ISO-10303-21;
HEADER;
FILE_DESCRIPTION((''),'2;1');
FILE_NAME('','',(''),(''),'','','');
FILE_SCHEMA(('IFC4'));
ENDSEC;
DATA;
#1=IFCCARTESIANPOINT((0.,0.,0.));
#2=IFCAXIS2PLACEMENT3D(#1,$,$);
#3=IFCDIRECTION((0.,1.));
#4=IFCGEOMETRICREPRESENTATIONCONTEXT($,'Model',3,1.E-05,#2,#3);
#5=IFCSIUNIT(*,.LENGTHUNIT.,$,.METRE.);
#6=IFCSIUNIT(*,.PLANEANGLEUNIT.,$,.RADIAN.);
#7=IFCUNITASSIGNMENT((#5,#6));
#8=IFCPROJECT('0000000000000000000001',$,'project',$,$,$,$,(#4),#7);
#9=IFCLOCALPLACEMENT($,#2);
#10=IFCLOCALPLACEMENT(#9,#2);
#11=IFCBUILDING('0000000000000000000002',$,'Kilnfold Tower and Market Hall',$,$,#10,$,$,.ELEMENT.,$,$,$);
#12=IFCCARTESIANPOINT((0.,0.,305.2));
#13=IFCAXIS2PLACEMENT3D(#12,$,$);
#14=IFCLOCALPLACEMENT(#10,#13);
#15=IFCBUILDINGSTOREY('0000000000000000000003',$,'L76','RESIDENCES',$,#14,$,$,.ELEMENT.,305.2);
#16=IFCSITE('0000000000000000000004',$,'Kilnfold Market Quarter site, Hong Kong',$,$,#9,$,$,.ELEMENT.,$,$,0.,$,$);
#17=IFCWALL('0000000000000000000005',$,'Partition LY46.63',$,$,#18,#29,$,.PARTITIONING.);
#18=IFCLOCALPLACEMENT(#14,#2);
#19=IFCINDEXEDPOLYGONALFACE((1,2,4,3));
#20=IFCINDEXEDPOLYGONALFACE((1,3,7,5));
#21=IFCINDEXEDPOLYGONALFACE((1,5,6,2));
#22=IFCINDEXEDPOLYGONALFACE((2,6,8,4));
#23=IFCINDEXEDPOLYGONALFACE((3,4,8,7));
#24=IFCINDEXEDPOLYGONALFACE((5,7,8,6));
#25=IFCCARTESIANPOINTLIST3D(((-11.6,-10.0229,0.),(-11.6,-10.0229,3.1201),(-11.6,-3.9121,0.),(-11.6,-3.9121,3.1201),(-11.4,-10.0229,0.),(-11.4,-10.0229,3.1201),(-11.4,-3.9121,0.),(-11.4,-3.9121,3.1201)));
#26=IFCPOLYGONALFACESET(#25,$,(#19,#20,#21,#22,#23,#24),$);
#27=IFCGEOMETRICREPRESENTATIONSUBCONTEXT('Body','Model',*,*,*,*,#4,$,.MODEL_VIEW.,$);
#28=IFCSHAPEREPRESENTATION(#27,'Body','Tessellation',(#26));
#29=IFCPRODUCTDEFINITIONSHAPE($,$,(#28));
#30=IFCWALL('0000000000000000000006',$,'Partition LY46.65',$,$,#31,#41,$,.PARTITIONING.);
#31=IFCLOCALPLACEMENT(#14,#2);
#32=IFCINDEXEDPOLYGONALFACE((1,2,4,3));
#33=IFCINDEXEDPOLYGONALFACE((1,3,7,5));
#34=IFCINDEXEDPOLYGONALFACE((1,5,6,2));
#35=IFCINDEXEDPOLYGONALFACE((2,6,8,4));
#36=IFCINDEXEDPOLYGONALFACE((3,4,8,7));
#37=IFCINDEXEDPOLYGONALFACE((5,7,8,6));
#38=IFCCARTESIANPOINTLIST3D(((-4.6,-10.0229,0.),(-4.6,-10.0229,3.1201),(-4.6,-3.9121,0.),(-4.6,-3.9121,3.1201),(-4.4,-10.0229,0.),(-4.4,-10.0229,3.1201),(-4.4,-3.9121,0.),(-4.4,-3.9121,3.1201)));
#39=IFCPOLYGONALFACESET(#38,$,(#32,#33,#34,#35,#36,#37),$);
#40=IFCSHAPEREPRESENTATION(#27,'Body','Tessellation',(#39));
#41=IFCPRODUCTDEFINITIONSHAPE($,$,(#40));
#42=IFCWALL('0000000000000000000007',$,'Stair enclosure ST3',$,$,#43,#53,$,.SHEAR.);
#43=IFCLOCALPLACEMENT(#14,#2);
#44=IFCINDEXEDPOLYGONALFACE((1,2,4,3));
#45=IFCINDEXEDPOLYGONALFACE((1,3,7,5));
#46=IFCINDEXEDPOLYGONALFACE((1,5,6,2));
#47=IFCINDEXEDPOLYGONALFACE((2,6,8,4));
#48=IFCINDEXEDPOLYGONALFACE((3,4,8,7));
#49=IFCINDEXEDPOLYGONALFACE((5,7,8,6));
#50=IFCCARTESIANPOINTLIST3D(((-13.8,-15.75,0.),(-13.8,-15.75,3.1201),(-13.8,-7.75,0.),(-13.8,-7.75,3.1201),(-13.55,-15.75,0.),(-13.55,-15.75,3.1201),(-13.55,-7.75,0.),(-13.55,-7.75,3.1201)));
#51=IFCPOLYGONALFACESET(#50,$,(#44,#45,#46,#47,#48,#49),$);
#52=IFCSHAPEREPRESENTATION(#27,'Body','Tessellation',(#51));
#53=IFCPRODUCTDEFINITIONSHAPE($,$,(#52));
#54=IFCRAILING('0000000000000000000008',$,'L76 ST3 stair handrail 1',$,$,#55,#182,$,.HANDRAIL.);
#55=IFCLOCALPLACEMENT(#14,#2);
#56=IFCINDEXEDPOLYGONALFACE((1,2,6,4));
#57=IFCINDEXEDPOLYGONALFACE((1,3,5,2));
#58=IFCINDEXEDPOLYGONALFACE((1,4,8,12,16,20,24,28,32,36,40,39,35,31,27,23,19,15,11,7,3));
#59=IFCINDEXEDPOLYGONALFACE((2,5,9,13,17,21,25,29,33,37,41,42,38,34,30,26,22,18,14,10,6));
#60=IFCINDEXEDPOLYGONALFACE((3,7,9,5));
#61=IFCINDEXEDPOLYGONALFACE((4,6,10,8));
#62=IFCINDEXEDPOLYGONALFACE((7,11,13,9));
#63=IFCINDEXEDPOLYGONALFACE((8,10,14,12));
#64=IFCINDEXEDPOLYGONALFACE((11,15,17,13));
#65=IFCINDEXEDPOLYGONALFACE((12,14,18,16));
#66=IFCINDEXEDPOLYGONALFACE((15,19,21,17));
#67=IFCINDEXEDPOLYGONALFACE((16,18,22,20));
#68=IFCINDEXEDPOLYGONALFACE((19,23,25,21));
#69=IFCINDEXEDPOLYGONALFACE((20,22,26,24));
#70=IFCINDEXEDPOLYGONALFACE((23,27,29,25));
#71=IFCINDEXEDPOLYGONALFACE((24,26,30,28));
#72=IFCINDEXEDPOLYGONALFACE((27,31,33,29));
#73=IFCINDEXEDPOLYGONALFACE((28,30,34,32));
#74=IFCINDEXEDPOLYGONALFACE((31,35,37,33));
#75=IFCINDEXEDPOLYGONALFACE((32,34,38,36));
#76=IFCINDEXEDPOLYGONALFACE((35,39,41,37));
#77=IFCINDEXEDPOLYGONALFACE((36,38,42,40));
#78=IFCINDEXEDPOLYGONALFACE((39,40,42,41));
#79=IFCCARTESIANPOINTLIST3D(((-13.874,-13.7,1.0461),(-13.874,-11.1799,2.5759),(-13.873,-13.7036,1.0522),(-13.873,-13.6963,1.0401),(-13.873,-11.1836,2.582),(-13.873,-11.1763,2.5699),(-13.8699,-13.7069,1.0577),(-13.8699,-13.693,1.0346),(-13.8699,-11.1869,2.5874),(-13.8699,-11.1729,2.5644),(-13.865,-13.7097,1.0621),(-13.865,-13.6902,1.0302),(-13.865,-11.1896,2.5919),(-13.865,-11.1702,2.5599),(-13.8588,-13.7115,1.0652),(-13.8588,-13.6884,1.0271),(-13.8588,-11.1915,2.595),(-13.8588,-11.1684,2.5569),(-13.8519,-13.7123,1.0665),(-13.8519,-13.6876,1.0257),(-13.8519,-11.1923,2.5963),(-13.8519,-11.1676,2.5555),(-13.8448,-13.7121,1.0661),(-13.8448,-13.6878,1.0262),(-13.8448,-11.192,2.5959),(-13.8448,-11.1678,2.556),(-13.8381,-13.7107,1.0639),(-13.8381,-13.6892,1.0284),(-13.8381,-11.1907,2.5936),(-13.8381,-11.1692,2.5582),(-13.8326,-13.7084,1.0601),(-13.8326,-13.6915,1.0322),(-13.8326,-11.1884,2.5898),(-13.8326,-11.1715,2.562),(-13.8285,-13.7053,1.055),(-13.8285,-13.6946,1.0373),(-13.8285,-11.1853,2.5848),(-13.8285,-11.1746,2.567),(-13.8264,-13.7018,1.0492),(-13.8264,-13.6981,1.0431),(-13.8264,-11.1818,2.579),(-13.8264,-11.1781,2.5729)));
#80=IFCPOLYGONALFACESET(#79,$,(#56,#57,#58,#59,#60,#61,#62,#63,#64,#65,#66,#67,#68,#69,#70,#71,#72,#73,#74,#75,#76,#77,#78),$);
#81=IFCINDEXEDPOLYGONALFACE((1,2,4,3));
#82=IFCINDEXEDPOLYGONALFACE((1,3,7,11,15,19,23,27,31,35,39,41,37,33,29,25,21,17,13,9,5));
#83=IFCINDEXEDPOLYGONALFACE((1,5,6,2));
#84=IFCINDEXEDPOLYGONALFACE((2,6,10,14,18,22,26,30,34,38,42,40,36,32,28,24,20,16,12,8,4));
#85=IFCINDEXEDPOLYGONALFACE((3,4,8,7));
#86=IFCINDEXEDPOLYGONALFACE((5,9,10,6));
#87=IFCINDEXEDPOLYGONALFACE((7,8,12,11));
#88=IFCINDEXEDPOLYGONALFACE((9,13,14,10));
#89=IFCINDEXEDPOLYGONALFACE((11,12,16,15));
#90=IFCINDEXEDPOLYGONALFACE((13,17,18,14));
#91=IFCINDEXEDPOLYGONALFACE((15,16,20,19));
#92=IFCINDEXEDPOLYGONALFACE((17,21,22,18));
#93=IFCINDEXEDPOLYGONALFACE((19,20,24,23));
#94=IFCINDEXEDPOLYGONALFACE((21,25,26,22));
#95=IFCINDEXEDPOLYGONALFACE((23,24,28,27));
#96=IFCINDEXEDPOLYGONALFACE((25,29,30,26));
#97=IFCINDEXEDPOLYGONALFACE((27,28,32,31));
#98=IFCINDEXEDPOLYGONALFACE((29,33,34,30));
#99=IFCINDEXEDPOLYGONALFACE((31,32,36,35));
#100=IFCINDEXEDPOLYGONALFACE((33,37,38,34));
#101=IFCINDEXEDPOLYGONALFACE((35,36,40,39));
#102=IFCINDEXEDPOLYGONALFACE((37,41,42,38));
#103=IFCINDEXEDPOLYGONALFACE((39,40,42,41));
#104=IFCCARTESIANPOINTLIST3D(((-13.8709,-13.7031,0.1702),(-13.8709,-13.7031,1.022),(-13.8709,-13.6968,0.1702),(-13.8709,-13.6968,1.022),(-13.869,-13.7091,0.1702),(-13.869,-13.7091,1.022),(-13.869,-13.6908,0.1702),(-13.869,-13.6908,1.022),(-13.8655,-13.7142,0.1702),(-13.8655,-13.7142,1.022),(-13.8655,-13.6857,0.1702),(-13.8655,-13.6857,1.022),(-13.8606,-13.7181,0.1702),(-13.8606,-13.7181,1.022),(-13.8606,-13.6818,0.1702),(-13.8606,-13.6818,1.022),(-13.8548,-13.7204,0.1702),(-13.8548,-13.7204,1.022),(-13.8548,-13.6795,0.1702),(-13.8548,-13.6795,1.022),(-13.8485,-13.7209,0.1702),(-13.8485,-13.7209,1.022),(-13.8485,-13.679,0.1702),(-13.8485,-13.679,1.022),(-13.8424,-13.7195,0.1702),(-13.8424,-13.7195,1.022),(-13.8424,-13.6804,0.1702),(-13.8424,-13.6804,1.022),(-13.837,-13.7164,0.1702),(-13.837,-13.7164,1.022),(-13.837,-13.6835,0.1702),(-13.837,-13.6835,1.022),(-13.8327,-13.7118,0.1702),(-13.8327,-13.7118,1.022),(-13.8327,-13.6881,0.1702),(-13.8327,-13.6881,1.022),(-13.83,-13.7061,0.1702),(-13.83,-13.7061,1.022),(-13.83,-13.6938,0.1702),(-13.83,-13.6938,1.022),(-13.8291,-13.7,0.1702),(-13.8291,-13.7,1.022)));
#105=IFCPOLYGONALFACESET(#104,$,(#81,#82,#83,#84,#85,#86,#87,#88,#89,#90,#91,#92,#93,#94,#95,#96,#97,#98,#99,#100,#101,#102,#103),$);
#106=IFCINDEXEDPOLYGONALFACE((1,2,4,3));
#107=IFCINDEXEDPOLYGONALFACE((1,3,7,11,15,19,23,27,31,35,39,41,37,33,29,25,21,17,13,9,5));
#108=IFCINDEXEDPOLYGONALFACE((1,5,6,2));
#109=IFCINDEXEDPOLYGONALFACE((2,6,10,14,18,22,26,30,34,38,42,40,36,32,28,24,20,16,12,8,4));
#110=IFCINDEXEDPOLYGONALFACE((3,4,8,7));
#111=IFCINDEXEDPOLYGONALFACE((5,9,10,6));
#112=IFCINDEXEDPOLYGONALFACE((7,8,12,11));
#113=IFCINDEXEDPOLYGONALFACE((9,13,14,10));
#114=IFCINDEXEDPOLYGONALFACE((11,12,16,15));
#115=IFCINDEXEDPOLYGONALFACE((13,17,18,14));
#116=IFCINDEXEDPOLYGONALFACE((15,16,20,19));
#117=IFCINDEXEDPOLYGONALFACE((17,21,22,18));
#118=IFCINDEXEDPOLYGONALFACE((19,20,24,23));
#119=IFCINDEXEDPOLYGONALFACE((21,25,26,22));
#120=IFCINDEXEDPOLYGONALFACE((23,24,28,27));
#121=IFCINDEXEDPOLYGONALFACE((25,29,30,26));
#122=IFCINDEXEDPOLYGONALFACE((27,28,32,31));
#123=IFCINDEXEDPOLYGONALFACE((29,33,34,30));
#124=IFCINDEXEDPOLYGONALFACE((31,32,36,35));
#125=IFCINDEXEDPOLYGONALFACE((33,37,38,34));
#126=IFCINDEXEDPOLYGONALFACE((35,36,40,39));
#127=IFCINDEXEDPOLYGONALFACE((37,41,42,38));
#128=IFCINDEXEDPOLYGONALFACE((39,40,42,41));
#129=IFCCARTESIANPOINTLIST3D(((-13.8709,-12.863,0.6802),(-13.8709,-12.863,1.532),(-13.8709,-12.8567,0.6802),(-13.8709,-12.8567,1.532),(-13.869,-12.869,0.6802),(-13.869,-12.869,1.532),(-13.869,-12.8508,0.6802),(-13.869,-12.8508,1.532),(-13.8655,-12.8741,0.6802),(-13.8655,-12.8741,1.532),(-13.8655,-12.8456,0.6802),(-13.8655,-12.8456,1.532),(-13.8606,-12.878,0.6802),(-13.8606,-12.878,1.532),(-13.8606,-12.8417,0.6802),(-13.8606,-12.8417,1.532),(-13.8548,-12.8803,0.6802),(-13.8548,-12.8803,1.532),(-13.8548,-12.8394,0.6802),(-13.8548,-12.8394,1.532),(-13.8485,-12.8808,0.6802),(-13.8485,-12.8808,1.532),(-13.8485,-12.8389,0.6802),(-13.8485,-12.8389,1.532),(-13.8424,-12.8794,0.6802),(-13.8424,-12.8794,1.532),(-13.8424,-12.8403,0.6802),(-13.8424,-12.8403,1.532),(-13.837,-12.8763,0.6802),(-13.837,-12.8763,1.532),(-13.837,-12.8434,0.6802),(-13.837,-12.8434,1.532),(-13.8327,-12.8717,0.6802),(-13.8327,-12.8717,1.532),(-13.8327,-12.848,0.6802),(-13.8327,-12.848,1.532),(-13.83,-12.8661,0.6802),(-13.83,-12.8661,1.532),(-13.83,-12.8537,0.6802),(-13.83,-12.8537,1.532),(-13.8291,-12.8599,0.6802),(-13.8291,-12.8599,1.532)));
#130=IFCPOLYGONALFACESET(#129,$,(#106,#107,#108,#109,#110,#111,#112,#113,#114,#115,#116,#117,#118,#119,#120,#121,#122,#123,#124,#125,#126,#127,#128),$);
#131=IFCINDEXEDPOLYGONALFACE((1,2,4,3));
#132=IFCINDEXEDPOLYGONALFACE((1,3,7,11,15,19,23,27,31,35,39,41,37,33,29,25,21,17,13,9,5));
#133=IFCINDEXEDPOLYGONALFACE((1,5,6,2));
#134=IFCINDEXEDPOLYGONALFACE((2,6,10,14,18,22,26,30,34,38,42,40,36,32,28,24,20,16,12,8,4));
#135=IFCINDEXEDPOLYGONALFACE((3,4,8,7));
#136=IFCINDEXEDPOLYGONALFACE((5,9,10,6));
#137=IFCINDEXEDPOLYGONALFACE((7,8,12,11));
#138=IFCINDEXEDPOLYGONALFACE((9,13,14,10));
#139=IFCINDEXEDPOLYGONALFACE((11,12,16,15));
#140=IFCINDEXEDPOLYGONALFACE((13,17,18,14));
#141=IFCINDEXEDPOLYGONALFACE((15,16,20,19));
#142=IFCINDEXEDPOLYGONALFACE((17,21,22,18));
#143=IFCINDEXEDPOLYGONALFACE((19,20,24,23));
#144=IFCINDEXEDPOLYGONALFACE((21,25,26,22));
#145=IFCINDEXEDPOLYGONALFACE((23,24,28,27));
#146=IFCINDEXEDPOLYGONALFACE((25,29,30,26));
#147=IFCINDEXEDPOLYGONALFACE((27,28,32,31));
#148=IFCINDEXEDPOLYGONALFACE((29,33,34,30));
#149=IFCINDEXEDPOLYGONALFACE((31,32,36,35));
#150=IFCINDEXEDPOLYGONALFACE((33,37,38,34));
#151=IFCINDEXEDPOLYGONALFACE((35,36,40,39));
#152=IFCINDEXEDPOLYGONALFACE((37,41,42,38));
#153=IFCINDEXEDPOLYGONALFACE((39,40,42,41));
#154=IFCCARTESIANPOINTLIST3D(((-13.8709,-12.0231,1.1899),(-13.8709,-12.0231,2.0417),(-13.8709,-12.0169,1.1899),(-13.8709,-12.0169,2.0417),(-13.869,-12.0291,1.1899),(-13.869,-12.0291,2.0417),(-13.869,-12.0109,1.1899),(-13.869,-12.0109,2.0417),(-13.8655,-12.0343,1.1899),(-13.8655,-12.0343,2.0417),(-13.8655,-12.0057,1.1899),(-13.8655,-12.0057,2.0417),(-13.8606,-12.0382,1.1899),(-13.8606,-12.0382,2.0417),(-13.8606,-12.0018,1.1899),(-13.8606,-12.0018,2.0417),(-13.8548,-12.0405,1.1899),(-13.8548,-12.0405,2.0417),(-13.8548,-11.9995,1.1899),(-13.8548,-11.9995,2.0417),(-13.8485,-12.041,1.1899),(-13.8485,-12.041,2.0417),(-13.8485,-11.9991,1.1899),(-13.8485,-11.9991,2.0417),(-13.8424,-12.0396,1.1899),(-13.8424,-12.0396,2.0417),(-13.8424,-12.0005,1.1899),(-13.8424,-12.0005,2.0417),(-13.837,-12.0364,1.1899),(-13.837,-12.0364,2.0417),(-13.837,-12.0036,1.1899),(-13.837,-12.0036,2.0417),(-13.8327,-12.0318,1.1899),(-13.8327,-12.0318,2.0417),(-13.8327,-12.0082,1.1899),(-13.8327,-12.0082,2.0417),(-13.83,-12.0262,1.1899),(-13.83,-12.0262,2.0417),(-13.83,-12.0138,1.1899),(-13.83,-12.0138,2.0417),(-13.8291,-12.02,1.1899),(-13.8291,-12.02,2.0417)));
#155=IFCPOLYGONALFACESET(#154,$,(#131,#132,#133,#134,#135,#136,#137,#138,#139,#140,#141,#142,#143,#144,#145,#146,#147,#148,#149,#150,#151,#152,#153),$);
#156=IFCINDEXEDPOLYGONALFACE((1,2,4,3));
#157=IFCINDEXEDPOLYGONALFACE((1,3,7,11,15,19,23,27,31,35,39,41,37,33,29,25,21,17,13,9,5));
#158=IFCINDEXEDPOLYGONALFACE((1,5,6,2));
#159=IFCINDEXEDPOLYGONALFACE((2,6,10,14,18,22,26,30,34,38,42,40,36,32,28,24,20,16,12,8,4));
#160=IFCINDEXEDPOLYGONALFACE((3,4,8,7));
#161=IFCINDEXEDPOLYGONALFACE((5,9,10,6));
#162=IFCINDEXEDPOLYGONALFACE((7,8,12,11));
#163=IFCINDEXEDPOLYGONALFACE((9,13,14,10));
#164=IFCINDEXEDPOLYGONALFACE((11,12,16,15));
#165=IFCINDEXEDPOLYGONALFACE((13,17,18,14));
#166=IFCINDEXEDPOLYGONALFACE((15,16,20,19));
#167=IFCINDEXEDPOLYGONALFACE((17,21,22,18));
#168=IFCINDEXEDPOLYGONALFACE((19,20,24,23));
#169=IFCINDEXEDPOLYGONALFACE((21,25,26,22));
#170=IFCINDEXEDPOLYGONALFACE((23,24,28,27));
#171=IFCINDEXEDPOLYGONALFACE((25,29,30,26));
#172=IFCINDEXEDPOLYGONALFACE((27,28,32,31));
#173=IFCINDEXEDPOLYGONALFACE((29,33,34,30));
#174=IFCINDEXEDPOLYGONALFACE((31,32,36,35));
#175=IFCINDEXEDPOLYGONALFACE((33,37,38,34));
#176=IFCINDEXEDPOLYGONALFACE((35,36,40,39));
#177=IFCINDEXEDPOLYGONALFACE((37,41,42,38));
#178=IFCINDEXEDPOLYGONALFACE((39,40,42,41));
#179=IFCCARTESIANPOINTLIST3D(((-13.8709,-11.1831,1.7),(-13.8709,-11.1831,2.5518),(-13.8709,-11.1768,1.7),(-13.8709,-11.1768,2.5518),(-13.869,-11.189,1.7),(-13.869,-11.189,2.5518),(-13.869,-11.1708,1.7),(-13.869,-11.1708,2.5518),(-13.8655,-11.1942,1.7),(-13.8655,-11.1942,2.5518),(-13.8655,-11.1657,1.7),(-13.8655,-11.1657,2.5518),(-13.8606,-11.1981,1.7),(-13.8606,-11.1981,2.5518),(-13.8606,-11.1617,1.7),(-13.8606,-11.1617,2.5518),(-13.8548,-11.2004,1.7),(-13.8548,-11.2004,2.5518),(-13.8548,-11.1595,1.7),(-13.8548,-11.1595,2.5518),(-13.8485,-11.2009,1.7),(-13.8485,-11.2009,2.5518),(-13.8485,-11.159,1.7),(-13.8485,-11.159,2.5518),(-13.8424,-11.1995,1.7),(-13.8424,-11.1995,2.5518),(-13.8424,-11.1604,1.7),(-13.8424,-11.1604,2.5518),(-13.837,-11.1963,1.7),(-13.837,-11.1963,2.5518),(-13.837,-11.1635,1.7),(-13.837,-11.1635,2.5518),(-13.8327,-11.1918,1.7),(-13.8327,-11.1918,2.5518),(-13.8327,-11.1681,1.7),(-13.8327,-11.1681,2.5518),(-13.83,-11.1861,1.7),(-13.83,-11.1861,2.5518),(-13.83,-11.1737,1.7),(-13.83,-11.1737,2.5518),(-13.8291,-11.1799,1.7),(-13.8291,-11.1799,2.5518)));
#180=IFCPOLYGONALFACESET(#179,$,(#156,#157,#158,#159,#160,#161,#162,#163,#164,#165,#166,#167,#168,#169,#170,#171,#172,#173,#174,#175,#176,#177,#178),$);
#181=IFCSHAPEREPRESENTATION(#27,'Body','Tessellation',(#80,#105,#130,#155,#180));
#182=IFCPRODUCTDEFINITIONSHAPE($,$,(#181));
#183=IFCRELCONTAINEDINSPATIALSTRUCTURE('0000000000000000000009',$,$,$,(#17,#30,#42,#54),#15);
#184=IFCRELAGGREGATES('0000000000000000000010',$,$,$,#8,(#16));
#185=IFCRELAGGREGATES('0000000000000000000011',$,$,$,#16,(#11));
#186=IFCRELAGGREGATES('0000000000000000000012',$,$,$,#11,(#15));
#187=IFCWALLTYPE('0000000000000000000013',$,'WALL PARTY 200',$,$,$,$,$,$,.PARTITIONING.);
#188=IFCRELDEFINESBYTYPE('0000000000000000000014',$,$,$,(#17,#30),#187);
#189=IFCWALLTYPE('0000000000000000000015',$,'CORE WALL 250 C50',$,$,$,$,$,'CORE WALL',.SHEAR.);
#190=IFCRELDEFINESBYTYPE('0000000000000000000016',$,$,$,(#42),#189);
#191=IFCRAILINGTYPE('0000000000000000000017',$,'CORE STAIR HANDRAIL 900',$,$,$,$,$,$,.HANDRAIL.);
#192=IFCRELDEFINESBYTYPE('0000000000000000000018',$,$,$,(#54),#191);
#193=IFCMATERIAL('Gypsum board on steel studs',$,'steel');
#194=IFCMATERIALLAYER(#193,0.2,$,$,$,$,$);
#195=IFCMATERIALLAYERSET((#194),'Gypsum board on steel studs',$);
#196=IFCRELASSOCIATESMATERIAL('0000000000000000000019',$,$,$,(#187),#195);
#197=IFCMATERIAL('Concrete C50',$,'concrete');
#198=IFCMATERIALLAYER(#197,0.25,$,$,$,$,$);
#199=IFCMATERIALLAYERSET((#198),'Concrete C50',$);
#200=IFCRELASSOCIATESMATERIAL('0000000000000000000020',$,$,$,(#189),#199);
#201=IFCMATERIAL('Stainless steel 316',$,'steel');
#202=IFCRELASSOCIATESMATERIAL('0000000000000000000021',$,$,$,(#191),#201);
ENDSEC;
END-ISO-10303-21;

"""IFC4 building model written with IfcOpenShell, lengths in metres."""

from ifc_helpers import new_model, si_unit, direction, frame, frame_2d, origin, origin_2d, place, context, subcontext, project, spatial, rectangle, circle, extrude, source, transform, mapped, material, layer, layer_set, type_object, element, save


model = new_model("IFC4")

# Units and contexts
model_context = context("Model", 3, precision=1e-05, world=origin(), true_north=direction((0.0, 1.0)))
body_context = subcontext(model_context, "Body", "Model", "MODEL_VIEW")
ifc_project = project(units=[si_unit("LENGTHUNIT", "METRE"), si_unit("PLANEANGLEUNIT", "RADIAN")], contexts=[model_context])

# Site, building, storey
site_placement = place(None, origin())
site = spatial("IfcSite", under=ifc_project, at=site_placement, Name="Kilnfold Market Quarter site, Hong Kong", CompositionType="ELEMENT", RefElevation=0.0)
building_placement = place(site_placement, origin())
building = spatial("IfcBuilding", under=site, at=building_placement, Name="Kilnfold Tower and Market Hall", CompositionType="ELEMENT")
storey_placement = place(building_placement, frame((0.0, 0.0, 305.2)))
storey = spatial("IfcBuildingStorey", under=building, at=storey_placement, Name="L76", Description="RESIDENCES", CompositionType="ELEMENT", Elevation=305.2)

# Walls
ifc_material_1 = material(Name="Gypsum board on steel studs", Category="steel")
ifc_layer_1 = layer(ifc_material_1, 0.2)
ifc_layer_set_1 = layer_set([ifc_layer_1], Name="Gypsum board on steel studs")
wall_type_1 = type_object("IfcWallType", Name="WALL PARTY 200", PredefinedType="PARTITIONING", material=ifc_layer_set_1)
for number, where, z_axis, x_axis, name in (
    (1, (-11.5, -10.0229, 0.0), (0.0, 0.0, 1.0), (0.0, 1.0, 0.0), "Partition LY46.63"),
    (2, (-4.5, -10.0229, 0.0), (0.0, 0.0, 1.0), (0.0, 1.0, 0.0), "Partition LY46.65"),
):
    element("IfcWall", number, at=place(storey_placement, frame(where, z_axis=z_axis, x_axis=x_axis)), inside=storey, type_object=wall_type_1, Name=name, PredefinedType="PARTITIONING", context=body_context, shape_type="SweptSolid", body=[
        extrude(rectangle(XDim=6.1108, YDim=0.2, at=frame_2d((3.0554, 0.0))), origin(), (0.0, 0.0, 1.0), 3.1201),
    ])
ifc_material_2 = material(Name="Concrete C50", Category="concrete")
ifc_layer_2 = layer(ifc_material_2, 0.25)
ifc_layer_set_2 = layer_set([ifc_layer_2], Name="Concrete C50")
wall_type_2 = type_object("IfcWallType", Name="CORE WALL 250 C50", ElementType="CORE WALL", PredefinedType="SHEAR", material=ifc_layer_set_2)
shared_shape_1 = source(origin(), body_context, "Body", "SweptSolid", [
    extrude(rectangle(XDim=8.0, YDim=0.25, at=frame_2d((4.0, 0.0))), origin(), (0.0, 0.0, 1.0), 3.1201),
])
wall_1_placement = place(storey_placement, frame((-13.675, -15.75, 0.0), z_axis=(0.0, 0.0, 1.0), x_axis=(0.0, 1.0, 0.0)))
element("IfcWall", 3, at=wall_1_placement, inside=storey, type_object=wall_type_2, Name="Stair enclosure ST3", PredefinedType="SHEAR", context=body_context, shape_type="MappedRepresentation", body=[
    mapped(shared_shape_1, transform((0.0, 0.0, 0.0))),
])

# Railing
ifc_material_3 = material(Name="Stainless steel 316", Category="steel")
railing_type = type_object("IfcRailingType", Name="CORE STAIR HANDRAIL 900", PredefinedType="HANDRAIL", material=ifc_material_3)
railing_placement = place(storey_placement, frame((-13.8501, -13.7, 0.1702)))
element("IfcRailing", 4, at=railing_placement, inside=storey, type_object=railing_type, Name="L76 ST3 stair handrail 1", PredefinedType="HANDRAIL", context=body_context, shape_type="SweptSolid", body=[
    extrude(circle(Radius=0.0239, at=origin_2d()), frame((0.0, 0.0, 0.876), z_axis=(0.0, 0.854822, 0.518922), x_axis=(-1.0, 0.0, 0.0)), (0.0, 0.0, 1.0), 2.948),
    extrude(circle(Radius=0.021, at=origin_2d()), origin(), (0.0, 0.0, 1.0), 0.8518),
    extrude(circle(Radius=0.021, at=origin_2d()), frame((0.0, 0.8401, 0.51)), (0.0, 0.0, 1.0), 0.8518),
    extrude(circle(Radius=0.021, at=origin_2d()), frame((0.0, 1.6799, 1.0198)), (0.0, 0.0, 1.0), 0.8518),
    extrude(circle(Radius=0.021, at=origin_2d()), frame((0.0, 2.52, 1.5298)), (0.0, 0.0, 1.0), 0.8518),
])

save(model, "model.ifc")
